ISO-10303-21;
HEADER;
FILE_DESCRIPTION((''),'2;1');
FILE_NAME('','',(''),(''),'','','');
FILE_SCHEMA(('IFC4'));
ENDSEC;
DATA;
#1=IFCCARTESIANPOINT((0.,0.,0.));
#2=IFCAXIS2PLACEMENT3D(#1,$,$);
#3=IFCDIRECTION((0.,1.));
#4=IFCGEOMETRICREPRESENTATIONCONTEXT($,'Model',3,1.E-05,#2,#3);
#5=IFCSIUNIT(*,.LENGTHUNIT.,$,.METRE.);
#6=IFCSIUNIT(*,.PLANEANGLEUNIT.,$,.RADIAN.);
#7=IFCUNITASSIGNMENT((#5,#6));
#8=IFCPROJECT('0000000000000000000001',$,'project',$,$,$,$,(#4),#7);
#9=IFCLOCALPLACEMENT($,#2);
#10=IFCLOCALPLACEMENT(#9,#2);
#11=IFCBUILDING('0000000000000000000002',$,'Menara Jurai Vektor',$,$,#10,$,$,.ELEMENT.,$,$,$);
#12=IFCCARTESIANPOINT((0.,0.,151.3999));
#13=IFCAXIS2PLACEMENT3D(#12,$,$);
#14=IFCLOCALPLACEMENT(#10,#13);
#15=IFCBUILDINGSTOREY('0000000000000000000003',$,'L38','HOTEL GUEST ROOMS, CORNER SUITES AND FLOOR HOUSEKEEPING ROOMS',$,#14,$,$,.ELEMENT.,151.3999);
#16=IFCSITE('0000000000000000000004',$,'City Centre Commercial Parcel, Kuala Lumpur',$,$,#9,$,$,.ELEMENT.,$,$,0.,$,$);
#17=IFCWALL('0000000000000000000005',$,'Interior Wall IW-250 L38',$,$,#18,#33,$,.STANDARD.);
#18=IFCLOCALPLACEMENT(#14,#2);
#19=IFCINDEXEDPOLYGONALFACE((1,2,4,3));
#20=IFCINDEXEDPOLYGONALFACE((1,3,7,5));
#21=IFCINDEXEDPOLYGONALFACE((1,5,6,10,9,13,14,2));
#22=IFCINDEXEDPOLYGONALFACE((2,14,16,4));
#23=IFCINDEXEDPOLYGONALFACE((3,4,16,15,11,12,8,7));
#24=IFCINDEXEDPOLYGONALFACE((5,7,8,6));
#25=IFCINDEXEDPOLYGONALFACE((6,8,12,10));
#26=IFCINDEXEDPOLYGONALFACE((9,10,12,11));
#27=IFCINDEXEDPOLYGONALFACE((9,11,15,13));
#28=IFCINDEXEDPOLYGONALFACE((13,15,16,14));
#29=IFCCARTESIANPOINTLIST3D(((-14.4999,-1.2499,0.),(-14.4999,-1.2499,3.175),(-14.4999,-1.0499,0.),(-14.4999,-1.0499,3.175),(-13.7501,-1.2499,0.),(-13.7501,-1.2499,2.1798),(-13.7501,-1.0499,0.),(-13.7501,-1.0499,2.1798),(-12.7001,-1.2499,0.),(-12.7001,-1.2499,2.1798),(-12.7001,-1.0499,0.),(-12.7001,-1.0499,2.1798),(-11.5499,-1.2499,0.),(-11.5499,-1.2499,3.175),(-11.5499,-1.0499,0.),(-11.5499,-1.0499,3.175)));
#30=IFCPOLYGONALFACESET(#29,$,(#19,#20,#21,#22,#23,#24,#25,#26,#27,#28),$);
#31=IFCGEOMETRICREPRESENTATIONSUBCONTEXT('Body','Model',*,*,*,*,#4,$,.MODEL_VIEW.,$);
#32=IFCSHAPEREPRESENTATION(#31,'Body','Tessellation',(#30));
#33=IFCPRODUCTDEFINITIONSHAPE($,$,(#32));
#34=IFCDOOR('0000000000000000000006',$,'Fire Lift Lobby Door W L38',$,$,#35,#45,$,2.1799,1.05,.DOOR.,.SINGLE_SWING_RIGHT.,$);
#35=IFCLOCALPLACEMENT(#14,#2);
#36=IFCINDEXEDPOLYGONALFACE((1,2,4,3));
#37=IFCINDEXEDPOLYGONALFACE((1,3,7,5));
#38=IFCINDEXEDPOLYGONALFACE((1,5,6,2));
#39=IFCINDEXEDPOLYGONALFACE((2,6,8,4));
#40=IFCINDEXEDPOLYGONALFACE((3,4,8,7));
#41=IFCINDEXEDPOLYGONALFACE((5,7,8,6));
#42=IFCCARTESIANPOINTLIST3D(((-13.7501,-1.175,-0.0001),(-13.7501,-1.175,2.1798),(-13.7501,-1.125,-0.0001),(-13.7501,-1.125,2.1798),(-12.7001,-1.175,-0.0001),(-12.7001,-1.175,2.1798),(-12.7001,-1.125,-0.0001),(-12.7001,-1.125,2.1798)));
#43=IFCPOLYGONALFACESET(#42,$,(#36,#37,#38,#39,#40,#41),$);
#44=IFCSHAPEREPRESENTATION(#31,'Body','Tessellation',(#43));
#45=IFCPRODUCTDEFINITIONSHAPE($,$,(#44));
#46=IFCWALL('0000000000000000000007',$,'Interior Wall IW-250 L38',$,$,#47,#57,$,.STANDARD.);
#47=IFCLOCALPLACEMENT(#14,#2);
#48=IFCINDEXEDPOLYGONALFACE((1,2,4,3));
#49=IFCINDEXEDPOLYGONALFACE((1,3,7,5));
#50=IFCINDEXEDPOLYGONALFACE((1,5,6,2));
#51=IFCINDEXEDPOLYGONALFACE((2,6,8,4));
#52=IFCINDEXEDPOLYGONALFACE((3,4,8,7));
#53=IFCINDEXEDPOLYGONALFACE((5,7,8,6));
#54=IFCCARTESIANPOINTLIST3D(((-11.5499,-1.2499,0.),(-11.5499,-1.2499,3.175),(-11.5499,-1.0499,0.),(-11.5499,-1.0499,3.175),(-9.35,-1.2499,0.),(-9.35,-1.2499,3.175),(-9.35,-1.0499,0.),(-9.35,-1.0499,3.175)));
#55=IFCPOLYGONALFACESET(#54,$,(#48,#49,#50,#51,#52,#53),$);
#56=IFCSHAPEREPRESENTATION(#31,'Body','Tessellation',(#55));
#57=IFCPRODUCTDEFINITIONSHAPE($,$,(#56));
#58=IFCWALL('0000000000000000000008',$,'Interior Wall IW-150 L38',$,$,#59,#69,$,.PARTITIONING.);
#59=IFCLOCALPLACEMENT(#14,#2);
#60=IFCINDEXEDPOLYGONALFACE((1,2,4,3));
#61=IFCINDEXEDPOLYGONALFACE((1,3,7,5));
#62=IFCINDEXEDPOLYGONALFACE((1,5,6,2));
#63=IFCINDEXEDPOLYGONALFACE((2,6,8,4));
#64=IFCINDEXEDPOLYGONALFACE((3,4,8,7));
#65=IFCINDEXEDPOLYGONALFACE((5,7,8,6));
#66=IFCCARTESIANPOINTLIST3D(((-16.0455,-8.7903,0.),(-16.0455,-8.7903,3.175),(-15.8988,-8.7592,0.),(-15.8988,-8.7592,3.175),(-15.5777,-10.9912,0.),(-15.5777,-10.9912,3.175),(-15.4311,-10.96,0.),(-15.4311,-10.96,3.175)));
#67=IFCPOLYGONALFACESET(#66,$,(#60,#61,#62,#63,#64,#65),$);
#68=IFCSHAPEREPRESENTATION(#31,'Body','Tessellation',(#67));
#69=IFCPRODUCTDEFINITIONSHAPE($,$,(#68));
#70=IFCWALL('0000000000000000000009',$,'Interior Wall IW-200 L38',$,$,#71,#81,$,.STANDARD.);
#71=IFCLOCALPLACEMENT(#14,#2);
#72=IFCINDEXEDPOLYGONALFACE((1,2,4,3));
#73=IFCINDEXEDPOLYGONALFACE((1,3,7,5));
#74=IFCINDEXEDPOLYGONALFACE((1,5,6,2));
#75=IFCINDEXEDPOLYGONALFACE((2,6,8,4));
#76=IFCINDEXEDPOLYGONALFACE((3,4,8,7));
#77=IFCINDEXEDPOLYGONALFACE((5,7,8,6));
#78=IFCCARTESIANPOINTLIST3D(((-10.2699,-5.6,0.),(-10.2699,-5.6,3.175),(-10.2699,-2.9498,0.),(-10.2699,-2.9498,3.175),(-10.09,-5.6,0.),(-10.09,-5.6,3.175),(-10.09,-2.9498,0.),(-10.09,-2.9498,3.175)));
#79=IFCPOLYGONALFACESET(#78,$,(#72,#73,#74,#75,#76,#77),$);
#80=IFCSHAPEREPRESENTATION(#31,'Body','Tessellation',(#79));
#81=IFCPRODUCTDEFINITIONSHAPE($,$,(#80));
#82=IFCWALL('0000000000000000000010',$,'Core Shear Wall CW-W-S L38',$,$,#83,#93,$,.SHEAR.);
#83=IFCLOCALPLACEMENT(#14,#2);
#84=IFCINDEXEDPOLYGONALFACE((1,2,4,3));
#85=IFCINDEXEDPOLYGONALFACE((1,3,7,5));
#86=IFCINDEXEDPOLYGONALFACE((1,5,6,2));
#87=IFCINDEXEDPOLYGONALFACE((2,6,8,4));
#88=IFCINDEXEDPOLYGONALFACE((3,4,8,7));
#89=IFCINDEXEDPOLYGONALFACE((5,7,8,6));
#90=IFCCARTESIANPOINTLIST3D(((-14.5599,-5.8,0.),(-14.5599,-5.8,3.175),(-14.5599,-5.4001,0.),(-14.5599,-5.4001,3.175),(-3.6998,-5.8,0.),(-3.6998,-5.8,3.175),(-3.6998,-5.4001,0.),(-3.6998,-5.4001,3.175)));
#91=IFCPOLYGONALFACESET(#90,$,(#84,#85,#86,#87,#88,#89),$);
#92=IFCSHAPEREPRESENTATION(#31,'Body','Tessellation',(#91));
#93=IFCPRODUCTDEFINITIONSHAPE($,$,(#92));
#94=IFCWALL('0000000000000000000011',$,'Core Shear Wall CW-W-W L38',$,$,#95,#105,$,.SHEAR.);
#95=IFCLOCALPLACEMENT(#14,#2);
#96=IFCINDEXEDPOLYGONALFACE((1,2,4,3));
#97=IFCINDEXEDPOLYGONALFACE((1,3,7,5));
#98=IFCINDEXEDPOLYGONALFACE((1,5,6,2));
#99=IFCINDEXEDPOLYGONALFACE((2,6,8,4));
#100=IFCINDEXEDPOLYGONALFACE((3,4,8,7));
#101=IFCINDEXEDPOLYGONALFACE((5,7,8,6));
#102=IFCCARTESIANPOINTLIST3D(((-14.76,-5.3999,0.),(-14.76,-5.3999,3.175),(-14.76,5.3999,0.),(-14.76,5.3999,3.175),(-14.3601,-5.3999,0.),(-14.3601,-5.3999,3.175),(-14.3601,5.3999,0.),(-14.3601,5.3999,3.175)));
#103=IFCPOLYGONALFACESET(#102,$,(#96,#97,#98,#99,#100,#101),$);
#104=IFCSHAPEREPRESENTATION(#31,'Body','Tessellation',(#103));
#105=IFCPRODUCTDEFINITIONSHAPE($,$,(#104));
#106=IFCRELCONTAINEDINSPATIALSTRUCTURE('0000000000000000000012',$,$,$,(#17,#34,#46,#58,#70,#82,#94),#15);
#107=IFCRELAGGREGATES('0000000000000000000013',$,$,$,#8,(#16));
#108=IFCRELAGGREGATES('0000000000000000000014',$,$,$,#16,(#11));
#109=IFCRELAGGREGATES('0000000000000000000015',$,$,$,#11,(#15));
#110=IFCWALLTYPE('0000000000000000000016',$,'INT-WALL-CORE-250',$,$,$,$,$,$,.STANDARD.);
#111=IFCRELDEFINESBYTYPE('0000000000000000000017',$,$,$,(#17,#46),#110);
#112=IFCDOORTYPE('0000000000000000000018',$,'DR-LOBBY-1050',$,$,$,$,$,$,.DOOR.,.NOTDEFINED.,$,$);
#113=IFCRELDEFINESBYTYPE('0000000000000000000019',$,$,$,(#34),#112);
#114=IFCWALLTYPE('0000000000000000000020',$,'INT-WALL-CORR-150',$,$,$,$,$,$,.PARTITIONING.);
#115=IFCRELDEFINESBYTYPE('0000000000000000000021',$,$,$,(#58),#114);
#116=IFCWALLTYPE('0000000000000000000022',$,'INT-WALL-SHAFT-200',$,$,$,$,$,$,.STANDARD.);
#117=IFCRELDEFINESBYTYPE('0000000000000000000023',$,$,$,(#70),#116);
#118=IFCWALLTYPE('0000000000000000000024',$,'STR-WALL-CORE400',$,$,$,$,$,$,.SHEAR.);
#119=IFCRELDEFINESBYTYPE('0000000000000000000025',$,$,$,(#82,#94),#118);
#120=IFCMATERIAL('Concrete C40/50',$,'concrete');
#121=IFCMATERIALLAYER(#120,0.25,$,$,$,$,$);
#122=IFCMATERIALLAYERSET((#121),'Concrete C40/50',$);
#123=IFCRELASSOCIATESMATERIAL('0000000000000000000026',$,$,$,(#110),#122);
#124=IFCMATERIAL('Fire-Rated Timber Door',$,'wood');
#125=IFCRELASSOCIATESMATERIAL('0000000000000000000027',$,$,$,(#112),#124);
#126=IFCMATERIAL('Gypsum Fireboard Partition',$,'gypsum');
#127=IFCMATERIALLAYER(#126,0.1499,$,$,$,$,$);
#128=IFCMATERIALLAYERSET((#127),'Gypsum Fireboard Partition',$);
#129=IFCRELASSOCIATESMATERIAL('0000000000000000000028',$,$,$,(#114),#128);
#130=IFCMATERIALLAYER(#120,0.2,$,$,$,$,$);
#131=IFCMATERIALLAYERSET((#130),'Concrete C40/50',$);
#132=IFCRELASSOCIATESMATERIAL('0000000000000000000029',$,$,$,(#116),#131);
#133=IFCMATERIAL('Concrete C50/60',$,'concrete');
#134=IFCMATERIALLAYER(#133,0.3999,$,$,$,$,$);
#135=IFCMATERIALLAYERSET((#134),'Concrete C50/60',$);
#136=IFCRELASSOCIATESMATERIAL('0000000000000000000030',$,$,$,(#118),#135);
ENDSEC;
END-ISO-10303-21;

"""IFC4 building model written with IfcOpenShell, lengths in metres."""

from ifc_helpers import new_model, si_unit, direction, frame, frame_2d, origin, place, context, subcontext, project, spatial, rectangle, extrude, material, layer, layer_set, type_object, element, fill, save


model = new_model("IFC4")

# Units and contexts
model_context = context("Model", 3, precision=1e-05, world=origin(), true_north=direction((0.0, 1.0)))
body_context = subcontext(model_context, "Body", "Model", "MODEL_VIEW")
ifc_project = project(units=[si_unit("LENGTHUNIT", "METRE"), si_unit("PLANEANGLEUNIT", "RADIAN")], contexts=[model_context])

# Site, building, storey
site_placement = place(None, origin())
site = spatial("IfcSite", under=ifc_project, at=site_placement, Name="City Centre Commercial Parcel, Kuala Lumpur", CompositionType="ELEMENT", RefElevation=0.0)
building_placement = place(site_placement, origin())
building = spatial("IfcBuilding", under=site, at=building_placement, Name="Menara Jurai Vektor", CompositionType="ELEMENT")
storey_placement = place(building_placement, frame((0.0, 0.0, 151.3999)))
storey = spatial("IfcBuildingStorey", under=building, at=storey_placement, Name="L38", Description="HOTEL GUEST ROOMS, CORNER SUITES AND FLOOR HOUSEKEEPING ROOMS", CompositionType="ELEMENT", Elevation=151.3999)

# Shared definitions
ifc_material_1 = material(Name="Concrete C50/60", Category="concrete")

# Wall, opening, door
ifc_material_2 = material(Name="Concrete C40/50", Category="concrete")
ifc_layer_1 = layer(ifc_material_2, 0.25)
ifc_layer_set_1 = layer_set([ifc_layer_1], Name="Concrete C40/50")
wall_type_1 = type_object("IfcWallType", Name="INT-WALL-CORE-250", PredefinedType="STANDARD", material=ifc_layer_set_1)
wall_1_placement = place(storey_placement, frame((-14.5, -1.1499, 0.0), z_axis=(0.0, 0.0, 1.0), x_axis=(1.0, 0.0, 0.0)))
wall_1 = element("IfcWall", 1, at=wall_1_placement, inside=storey, type_object=wall_type_1, Name="Interior Wall IW-250 L38", PredefinedType="STANDARD", context=body_context, shape_type="SweptSolid", body=[
    extrude(rectangle(XDim=2.95, YDim=0.2, at=frame_2d((1.4751, 0.0))), origin(), (0.0, 0.0, 1.0), 3.175),
])
opening_1_placement = place(wall_1_placement, frame((0.75, 0.0, 0.0)))
opening_1 = element("IfcOpeningElement", 2, at=opening_1_placement, cuts=wall_1, PredefinedType="OPENING", context=body_context, shape_type="SweptSolid", body=[
    extrude(rectangle(XDim=1.05, YDim=2.1799, at=frame_2d((0.5249, 1.0898))), frame((0.0, 0.1099, 0.0), z_axis=(0.0, -1.0, 0.0), x_axis=(1.0, 0.0, 0.0)), (0.0, 0.0, 1.0), 0.22),
])
ifc_material_3 = material(Name="Fire-Rated Timber Door", Category="wood")
door_type_1 = type_object("IfcDoorType", Name="DR-LOBBY-1050", OperationType="NOTDEFINED", PredefinedType="DOOR", material=ifc_material_3)
door_1_placement = place(opening_1_placement, origin())
door_1 = element("IfcDoor", 3, at=door_1_placement, inside=storey, type_object=door_type_1, Name="Fire Lift Lobby Door W L38", OperationType="SINGLE_SWING_RIGHT", OverallHeight=2.1799, OverallWidth=1.05, PredefinedType="DOOR", context=body_context, shape_type="SweptSolid", body=[
    extrude(rectangle(XDim=1.05, YDim=2.1799, at=frame_2d((0.5249, 1.0898))), frame((0.0, 0.0249, 0.0), z_axis=(0.0, -1.0, 0.0), x_axis=(1.0, 0.0, 0.0)), (0.0, 0.0, 1.0), 0.05),
])
fill(opening_1, door_1)

# Walls
wall_2_placement = place(storey_placement, frame((-11.55, -1.1499, 0.0), z_axis=(0.0, 0.0, 1.0), x_axis=(1.0, 0.0, 0.0)))
element("IfcWall", 4, at=wall_2_placement, inside=storey, type_object=wall_type_1, Name="Interior Wall IW-250 L38", PredefinedType="STANDARD", context=body_context, shape_type="SweptSolid", body=[
    extrude(rectangle(XDim=2.2, YDim=0.2, at=frame_2d((1.1001, 0.0))), origin(), (0.0, 0.0, 1.0), 3.175),
])
ifc_material_4 = material(Name="Gypsum Fireboard Partition", Category="gypsum")
ifc_layer_2 = layer(ifc_material_4, 0.1499)
ifc_layer_set_2 = layer_set([ifc_layer_2], Name="Gypsum Fireboard Partition")
wall_type_2 = type_object("IfcWallType", Name="INT-WALL-CORR-150", PredefinedType="PARTITIONING", material=ifc_layer_set_2)
wall_3_placement = place(storey_placement, frame((-15.5044, -10.9756, 0.0), z_axis=(0.0, 0.0, 1.0), x_axis=(-0.207891, 0.978152, 0.0)))
element("IfcWall", 5, at=wall_3_placement, inside=storey, type_object=wall_type_2, Name="Interior Wall IW-150 L38", PredefinedType="PARTITIONING", context=body_context, shape_type="SweptSolid", body=[
    extrude(rectangle(XDim=2.25, YDim=0.1499, at=frame_2d((1.125, 0.0))), origin(), (0.0, 0.0, 1.0), 3.175),
])

# Shared definitions
ifc_layer_3 = layer(ifc_material_2, 0.2)
ifc_layer_set_3 = layer_set([ifc_layer_3], Name="Concrete C40/50")
wall_type_3 = type_object("IfcWallType", Name="INT-WALL-SHAFT-200", PredefinedType="STANDARD", material=ifc_layer_set_3)

# Walls
wall_4_placement = place(storey_placement, frame((-10.1799, -5.6001, 0.0), z_axis=(0.0, 0.0, 1.0), x_axis=(0.0, 1.0, 0.0)))
element("IfcWall", 6, at=wall_4_placement, inside=storey, type_object=wall_type_3, Name="Interior Wall IW-200 L38", PredefinedType="STANDARD", context=body_context, shape_type="SweptSolid", body=[
    extrude(rectangle(XDim=2.6501, YDim=0.1799, at=frame_2d((1.3252, 0.0))), origin(), (0.0, 0.0, 1.0), 3.175),
])
ifc_layer_4 = layer(ifc_material_1, 0.3999)
ifc_layer_set_4 = layer_set([ifc_layer_4], Name="Concrete C50/60")
wall_type_4 = type_object("IfcWallType", Name="STR-WALL-CORE400", PredefinedType="SHEAR", material=ifc_layer_set_4)
wall_5_placement = place(storey_placement, frame((-14.5601, -5.6001, 0.0), z_axis=(0.0, 0.0, 1.0), x_axis=(1.0, 0.0, 0.0)))
element("IfcWall", 7, at=wall_5_placement, inside=storey, type_object=wall_type_4, Name="Core Shear Wall CW-W-S L38", PredefinedType="SHEAR", context=body_context, shape_type="SweptSolid", body=[
    extrude(rectangle(XDim=10.8601, YDim=0.3999, at=frame_2d((5.4302, 0.0))), origin(), (0.0, 0.0, 1.0), 3.175),
])
wall_6_placement = place(storey_placement, frame((-14.5601, -5.3999, 0.0), z_axis=(0.0, 0.0, 1.0), x_axis=(0.0, 1.0, 0.0)))
element("IfcWall", 8, at=wall_6_placement, inside=storey, type_object=wall_type_4, Name="Core Shear Wall CW-W-W L38", PredefinedType="SHEAR", context=body_context, shape_type="SweptSolid", body=[
    extrude(rectangle(XDim=10.7998, YDim=0.3999, at=frame_2d((5.3999, 0.0))), origin(), (0.0, 0.0, 1.0), 3.175),
])

save(model, "model.ifc")
